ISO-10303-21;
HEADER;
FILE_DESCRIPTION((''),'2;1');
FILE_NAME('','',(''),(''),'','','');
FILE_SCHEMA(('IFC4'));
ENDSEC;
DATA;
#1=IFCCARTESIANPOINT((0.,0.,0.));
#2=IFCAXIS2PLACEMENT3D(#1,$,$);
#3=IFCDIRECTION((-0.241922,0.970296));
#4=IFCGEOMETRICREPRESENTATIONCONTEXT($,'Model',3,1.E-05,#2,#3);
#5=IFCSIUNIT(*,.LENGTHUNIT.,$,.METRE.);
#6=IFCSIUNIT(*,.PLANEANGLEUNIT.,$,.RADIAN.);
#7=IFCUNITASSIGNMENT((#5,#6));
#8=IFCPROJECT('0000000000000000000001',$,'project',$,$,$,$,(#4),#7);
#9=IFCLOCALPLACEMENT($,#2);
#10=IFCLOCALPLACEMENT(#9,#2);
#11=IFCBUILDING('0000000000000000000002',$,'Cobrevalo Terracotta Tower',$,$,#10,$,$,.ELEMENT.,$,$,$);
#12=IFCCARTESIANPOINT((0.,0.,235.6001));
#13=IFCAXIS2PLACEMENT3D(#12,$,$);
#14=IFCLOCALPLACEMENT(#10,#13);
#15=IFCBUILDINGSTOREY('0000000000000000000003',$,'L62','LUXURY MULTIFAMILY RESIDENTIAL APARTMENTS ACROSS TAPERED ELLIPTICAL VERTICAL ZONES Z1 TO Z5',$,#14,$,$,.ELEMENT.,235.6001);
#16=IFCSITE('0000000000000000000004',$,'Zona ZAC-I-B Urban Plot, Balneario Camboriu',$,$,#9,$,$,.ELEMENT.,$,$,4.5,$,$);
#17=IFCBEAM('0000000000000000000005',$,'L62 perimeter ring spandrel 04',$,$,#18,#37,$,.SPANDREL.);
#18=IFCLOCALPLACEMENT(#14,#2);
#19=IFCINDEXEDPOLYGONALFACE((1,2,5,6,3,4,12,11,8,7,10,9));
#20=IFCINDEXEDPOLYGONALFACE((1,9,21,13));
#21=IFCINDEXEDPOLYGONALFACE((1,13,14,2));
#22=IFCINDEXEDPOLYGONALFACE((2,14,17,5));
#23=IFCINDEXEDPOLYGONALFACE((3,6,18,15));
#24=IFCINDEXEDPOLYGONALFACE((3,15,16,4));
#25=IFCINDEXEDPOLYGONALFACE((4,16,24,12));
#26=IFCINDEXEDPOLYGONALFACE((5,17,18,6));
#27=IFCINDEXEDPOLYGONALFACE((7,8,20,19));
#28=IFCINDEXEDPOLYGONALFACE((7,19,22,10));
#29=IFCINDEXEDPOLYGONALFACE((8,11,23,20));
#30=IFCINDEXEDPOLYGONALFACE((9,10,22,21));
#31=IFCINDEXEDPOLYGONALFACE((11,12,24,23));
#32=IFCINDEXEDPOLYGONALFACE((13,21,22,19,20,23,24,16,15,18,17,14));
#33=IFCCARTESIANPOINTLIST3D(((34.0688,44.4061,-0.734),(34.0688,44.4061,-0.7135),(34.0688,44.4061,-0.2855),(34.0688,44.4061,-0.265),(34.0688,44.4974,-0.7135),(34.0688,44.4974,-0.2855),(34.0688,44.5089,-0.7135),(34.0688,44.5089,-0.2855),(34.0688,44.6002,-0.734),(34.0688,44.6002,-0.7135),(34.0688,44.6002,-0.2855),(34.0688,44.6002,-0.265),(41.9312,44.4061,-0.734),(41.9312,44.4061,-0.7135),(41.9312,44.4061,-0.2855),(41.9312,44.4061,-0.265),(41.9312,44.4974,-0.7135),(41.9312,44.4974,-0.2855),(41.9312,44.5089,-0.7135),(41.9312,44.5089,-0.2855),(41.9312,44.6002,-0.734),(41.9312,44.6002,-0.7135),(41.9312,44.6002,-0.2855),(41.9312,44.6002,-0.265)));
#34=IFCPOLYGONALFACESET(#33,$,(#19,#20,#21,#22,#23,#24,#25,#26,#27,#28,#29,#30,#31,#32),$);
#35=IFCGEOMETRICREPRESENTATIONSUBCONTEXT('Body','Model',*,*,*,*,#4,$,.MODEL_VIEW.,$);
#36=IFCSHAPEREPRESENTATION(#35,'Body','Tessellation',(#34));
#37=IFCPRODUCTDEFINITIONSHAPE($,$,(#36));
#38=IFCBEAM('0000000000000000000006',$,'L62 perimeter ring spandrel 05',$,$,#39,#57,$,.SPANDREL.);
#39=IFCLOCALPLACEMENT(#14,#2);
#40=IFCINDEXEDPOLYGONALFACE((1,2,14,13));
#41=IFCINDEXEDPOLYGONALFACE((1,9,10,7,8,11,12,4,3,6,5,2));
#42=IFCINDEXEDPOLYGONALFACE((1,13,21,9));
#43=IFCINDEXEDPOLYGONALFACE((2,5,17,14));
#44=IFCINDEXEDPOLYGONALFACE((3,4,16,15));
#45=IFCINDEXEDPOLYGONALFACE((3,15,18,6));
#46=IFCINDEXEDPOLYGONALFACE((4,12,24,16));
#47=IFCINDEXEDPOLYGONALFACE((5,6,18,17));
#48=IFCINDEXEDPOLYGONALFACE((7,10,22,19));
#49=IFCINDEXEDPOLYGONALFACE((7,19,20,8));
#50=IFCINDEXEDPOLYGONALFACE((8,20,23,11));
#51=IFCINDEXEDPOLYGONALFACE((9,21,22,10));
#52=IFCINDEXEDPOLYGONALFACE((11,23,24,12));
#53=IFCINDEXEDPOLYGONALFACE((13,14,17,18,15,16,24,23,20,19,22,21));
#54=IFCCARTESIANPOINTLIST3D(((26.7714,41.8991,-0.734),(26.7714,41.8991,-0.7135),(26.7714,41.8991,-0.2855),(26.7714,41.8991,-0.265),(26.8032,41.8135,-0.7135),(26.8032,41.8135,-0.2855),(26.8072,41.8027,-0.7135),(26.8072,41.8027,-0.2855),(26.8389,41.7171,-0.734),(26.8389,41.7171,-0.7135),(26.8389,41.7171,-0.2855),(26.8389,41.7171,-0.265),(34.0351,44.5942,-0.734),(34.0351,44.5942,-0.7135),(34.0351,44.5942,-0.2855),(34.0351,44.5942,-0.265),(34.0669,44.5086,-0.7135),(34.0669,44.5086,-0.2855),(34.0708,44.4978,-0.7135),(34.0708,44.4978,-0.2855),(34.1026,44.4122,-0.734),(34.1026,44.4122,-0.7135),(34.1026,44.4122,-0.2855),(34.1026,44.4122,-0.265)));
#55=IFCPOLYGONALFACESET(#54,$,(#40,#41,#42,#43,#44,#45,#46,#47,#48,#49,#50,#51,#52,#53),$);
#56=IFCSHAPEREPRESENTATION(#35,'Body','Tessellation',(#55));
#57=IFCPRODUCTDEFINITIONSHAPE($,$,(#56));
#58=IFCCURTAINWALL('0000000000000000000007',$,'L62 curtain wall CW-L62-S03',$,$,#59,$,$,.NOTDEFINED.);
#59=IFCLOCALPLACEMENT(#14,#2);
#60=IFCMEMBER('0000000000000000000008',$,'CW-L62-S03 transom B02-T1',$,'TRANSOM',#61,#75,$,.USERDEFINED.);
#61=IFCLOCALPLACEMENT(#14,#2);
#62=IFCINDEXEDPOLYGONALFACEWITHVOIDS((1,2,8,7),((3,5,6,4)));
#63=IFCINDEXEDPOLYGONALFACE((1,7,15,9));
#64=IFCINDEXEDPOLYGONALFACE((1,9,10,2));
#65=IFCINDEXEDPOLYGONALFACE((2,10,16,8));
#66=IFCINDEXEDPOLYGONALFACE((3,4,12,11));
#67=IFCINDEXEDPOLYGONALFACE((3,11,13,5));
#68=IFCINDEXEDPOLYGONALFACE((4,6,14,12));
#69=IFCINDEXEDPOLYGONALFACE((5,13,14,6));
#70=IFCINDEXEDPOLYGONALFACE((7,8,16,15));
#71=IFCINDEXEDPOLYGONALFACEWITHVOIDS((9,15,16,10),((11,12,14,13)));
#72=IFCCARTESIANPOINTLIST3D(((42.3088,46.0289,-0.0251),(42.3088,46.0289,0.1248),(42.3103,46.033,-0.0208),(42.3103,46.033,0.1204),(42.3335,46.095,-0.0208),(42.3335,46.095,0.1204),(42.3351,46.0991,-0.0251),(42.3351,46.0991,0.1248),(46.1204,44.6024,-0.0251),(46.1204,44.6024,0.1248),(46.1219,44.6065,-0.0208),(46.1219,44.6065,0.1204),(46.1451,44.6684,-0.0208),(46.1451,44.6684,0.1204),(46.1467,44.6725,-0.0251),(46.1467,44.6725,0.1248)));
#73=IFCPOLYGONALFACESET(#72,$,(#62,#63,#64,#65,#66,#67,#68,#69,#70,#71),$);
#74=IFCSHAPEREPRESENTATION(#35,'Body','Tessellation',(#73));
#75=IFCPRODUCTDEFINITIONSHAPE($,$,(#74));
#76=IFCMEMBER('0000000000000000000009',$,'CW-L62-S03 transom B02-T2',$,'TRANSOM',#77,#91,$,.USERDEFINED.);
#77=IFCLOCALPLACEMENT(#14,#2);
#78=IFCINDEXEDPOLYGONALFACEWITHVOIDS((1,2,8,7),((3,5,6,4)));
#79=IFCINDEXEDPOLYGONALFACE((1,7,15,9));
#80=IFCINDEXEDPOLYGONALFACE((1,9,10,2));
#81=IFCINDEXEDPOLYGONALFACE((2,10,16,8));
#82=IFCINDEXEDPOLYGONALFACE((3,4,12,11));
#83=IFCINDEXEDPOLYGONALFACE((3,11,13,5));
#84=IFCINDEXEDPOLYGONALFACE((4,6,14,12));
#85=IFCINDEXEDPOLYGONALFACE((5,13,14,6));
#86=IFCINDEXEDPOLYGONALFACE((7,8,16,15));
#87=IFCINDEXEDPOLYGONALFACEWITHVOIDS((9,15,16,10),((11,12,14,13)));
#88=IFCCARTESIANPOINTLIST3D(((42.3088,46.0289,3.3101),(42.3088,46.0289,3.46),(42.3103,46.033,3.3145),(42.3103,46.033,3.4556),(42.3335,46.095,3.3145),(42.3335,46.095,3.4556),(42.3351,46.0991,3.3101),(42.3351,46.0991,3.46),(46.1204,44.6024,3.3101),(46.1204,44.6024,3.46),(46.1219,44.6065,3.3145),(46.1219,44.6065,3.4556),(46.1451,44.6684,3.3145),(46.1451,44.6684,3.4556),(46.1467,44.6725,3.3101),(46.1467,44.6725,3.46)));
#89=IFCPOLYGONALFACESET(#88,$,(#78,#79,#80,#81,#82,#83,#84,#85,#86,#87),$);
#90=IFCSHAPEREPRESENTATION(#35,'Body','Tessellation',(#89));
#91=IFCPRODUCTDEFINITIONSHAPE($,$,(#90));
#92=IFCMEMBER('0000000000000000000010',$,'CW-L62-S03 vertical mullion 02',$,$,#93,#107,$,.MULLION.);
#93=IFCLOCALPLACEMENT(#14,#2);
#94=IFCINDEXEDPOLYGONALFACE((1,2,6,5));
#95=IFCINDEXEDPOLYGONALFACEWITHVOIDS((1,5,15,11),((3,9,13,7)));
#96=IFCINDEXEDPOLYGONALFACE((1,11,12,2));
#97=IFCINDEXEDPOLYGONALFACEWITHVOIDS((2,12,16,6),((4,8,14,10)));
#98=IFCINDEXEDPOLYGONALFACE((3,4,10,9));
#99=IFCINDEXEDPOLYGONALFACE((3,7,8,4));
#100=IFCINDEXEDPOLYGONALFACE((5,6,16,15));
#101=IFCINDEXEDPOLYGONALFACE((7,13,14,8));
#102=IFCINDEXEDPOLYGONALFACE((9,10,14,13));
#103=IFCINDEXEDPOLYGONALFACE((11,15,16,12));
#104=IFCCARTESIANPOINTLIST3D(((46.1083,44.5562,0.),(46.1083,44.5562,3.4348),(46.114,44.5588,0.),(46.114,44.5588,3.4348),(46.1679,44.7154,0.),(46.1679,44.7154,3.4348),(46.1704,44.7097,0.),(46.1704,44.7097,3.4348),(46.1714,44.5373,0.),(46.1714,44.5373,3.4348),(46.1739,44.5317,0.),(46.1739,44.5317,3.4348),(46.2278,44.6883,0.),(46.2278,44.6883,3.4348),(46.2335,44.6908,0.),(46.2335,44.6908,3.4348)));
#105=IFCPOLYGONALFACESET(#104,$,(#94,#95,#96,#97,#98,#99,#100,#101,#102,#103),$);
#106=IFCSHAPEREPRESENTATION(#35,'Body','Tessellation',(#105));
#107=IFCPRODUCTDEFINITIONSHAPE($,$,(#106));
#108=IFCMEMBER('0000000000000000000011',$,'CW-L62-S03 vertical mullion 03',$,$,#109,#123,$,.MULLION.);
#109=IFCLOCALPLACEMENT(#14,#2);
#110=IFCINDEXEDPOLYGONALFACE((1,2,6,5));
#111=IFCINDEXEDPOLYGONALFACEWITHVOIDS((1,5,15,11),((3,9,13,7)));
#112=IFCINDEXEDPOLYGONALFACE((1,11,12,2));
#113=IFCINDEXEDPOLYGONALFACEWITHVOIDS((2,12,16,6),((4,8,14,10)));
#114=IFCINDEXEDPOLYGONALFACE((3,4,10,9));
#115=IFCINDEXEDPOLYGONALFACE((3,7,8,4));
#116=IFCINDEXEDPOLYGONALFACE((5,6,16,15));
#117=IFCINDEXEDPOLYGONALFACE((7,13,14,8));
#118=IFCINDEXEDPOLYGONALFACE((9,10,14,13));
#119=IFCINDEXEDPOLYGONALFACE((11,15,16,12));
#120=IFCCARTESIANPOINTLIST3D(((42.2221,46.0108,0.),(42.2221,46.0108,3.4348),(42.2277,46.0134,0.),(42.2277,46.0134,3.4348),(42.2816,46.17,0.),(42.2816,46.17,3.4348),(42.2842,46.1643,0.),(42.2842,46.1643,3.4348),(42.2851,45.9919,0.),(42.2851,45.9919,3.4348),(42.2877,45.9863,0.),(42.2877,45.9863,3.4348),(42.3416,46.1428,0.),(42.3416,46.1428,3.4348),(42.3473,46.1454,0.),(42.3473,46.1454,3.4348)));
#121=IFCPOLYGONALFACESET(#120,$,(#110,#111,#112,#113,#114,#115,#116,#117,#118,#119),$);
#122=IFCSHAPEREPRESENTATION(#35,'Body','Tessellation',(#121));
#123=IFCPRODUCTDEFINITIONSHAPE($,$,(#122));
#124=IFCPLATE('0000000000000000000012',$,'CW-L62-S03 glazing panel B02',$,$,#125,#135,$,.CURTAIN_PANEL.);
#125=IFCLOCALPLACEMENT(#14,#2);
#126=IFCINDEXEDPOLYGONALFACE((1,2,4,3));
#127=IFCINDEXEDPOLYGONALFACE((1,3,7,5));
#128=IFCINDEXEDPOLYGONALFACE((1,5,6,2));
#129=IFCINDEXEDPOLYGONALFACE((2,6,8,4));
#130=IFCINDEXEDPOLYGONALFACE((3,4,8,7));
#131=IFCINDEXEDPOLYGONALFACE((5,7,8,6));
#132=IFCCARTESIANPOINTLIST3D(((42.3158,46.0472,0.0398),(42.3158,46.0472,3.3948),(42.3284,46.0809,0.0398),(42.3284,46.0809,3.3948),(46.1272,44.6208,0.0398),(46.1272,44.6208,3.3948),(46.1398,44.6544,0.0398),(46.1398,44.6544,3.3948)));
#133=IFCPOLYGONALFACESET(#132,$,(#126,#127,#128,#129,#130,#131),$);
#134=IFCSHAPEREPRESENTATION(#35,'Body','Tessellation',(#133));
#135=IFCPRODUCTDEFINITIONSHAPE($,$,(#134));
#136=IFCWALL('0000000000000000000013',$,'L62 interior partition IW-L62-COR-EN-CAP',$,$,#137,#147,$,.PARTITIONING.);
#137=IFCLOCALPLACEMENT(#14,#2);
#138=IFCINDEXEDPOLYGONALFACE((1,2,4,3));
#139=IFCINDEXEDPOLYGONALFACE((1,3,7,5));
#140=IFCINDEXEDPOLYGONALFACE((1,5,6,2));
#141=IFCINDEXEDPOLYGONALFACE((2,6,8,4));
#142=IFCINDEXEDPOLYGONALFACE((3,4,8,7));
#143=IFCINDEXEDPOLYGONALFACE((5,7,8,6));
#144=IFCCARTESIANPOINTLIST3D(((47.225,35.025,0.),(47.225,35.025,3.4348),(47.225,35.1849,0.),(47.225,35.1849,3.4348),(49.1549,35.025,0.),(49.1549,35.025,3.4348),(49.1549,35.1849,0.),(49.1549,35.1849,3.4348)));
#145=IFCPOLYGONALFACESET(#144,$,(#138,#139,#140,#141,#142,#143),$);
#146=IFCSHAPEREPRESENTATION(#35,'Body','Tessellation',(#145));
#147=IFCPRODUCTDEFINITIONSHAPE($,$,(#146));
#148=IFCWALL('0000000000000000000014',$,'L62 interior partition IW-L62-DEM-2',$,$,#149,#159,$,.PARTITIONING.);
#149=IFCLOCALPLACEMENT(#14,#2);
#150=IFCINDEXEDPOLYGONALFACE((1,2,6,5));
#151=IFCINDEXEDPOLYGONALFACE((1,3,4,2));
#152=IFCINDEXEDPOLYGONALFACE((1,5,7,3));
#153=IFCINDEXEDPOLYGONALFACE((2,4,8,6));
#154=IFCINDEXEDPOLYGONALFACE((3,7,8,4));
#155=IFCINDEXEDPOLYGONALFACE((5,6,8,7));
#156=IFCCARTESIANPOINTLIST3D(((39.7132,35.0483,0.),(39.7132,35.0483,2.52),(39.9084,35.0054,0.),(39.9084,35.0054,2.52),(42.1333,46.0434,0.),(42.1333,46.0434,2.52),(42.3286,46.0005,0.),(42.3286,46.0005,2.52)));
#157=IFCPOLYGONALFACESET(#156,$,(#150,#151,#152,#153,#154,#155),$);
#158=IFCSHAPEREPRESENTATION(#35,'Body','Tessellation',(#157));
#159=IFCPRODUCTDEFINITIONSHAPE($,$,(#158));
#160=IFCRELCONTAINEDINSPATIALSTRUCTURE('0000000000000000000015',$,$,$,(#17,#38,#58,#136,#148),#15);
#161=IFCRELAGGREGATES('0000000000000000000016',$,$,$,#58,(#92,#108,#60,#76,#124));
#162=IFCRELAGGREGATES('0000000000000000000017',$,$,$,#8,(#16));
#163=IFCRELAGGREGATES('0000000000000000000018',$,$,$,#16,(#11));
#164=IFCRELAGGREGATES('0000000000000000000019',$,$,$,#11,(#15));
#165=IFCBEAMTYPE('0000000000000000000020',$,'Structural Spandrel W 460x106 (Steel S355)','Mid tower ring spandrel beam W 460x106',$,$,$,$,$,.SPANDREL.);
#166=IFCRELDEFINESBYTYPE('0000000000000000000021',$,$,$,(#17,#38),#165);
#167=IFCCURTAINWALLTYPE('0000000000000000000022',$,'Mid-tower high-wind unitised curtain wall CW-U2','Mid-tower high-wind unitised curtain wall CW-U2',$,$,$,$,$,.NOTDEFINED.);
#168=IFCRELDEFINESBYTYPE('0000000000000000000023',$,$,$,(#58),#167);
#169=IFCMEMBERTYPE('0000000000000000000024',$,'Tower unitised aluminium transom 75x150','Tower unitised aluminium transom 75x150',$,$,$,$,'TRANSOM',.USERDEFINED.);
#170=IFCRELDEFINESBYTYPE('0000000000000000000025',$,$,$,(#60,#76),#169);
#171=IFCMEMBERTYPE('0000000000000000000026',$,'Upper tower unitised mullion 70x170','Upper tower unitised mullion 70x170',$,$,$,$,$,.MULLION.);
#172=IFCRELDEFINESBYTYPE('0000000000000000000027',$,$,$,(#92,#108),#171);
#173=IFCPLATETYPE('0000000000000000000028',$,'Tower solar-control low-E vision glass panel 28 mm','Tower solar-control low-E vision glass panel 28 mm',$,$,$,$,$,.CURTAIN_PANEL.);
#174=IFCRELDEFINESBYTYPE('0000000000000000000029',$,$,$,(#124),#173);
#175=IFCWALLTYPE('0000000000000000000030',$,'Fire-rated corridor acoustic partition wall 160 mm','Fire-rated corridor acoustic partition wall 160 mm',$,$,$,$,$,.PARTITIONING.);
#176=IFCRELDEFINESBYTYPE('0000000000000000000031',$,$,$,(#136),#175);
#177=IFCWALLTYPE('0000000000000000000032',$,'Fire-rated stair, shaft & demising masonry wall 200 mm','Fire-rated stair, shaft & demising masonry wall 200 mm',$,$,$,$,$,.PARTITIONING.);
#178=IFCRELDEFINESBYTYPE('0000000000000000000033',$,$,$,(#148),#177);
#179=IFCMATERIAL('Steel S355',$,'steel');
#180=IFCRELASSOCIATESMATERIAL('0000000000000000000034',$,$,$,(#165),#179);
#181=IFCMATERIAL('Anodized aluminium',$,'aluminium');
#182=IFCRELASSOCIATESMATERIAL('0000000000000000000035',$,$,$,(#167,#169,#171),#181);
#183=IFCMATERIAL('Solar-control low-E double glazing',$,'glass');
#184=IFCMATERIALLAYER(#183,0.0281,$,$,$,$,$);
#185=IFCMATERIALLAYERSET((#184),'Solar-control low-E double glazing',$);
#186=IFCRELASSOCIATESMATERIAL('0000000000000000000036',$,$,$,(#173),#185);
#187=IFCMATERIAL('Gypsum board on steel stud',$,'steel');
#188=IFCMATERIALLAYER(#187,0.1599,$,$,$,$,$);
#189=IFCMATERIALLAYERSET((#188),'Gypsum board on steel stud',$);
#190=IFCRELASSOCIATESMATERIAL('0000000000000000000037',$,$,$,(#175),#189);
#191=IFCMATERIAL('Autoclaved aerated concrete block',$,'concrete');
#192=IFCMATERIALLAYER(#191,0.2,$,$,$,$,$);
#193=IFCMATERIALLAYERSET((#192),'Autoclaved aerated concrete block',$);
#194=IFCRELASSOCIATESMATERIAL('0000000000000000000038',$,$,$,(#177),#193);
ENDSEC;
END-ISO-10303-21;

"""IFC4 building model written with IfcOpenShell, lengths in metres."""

from ifc_helpers import new_model, si_unit, direction, frame, frame_2d, origin, origin_2d, place, context, subcontext, project, spatial, rectangle, hollow_rectangle, i_section, extrude, source, transform, mapped, material, layer, layer_set, material_profile, profile_set, type_object, element, aggregate, save


model = new_model("IFC4")

# Units and contexts
model_context = context("Model", 3, precision=1e-05, world=origin(), true_north=direction((-0.241922, 0.970296)))
body_context = subcontext(model_context, "Body", "Model", "MODEL_VIEW")
ifc_project = project(units=[si_unit("LENGTHUNIT", "METRE"), si_unit("PLANEANGLEUNIT", "RADIAN")], contexts=[model_context])

# Site, building, storey
site_placement = place(None, origin())
site = spatial("IfcSite", under=ifc_project, at=site_placement, Name="Zona ZAC-I-B Urban Plot, Balneario Camboriu", CompositionType="ELEMENT", RefElevation=4.5)
building_placement = place(site_placement, origin())
building = spatial("IfcBuilding", under=site, at=building_placement, Name="Cobrevalo Terracotta Tower", CompositionType="ELEMENT")
storey_placement = place(building_placement, frame((0.0, 0.0, 235.6001)))
storey = spatial("IfcBuildingStorey", under=building, at=storey_placement, Name="L62", Description="LUXURY MULTIFAMILY RESIDENTIAL APARTMENTS ACROSS TAPERED ELLIPTICAL VERTICAL ZONES Z1 TO Z5", CompositionType="ELEMENT", Elevation=235.6001)

# Shared definitions
ifc_material_1 = material(Name="Steel S355", Category="steel")

# Beams
ifc_material_profile_1 = material_profile(ifc_material_1, i_section(OverallWidth=0.1941, OverallDepth=0.469, WebThickness=0.0115, FlangeThickness=0.0205, at=origin_2d()), Name="W 460x106")
ifc_profile_set_1 = profile_set([ifc_material_profile_1], Name="Steel S355")
beam_type_1 = type_object("IfcBeamType", Name="Structural Spandrel W 460x106 (Steel S355)", Description="Mid tower ring spandrel beam W 460x106", PredefinedType="SPANDREL", material=ifc_profile_set_1)
beam_1_placement = place(storey_placement, frame((41.9312, 44.5032, -0.4995), z_axis=(-1.0, 0.0, 0.0), x_axis=(0.0, -1.0, 0.0)))
element("IfcBeam", 1, at=beam_1_placement, inside=storey, type_object=beam_type_1, Name="L62 perimeter ring spandrel 04", PredefinedType="SPANDREL", context=body_context, shape_type="SweptSolid", body=[
    extrude(i_section(OverallWidth=0.1941, OverallDepth=0.469, WebThickness=0.0115, FlangeThickness=0.0205, at=origin_2d()), origin(), (0.0, 0.0, 1.0), 7.8623),
])
beam_2_placement = place(storey_placement, frame((34.0688, 44.5032, -0.4995), z_axis=(-0.937546, -0.347861, 0.0), x_axis=(0.347861, -0.937546, 0.0)))
element("IfcBeam", 2, at=beam_2_placement, inside=storey, type_object=beam_type_1, Name="L62 perimeter ring spandrel 05", PredefinedType="SPANDREL", context=body_context, shape_type="SweptSolid", body=[
    extrude(i_section(OverallWidth=0.1941, OverallDepth=0.469, WebThickness=0.0115, FlangeThickness=0.0205, at=origin_2d()), origin(), (0.0, 0.0, 1.0), 7.7476),
])

# Curtain wall, members, plate
ifc_material_2 = material(Name="Anodized aluminium", Category="aluminium")
curtain_wall_type = type_object("IfcCurtainWallType", Name="Mid-tower high-wind unitised curtain wall CW-U2", Description="Mid-tower high-wind unitised curtain wall CW-U2", PredefinedType="NOTDEFINED", material=ifc_material_2)
curtain_wall_placement = place(storey_placement, origin())
curtain_wall = element("IfcCurtainWall", 3, at=curtain_wall_placement, inside=storey, type_object=curtain_wall_type, Name="L62 curtain wall CW-L62-S03", PredefinedType="NOTDEFINED")
ifc_material_profile_2 = material_profile(ifc_material_2, hollow_rectangle(XDim=0.075, YDim=0.1499, WallThickness=0.0044, at=origin_2d()), Name="CWT 75x150")
ifc_profile_set_2 = profile_set([ifc_material_profile_2], Name="Anodized aluminium")
member_type_1 = type_object("IfcMemberType", Name="Tower unitised aluminium transom 75x150", Description="Tower unitised aluminium transom 75x150", ElementType="TRANSOM", PredefinedType="USERDEFINED", material=ifc_profile_set_2)
shared_shape_1 = source(origin(), body_context, "Body", "SweptSolid", [
    extrude(hollow_rectangle(XDim=0.075, YDim=0.1499, WallThickness=0.0044, at=origin_2d()), origin(), (0.0, 0.0, 1.0), 4.0698),
])
member_1_placement = place(storey_placement, frame((46.1335, 44.6375, 0.0498), z_axis=(-0.936556, 0.350519, 0.0), x_axis=(-0.350519, -0.936556, 0.0)))
member_1 = element("IfcMember", 4, at=member_1_placement, type_object=member_type_1, Name="CW-L62-S03 transom B02-T1", ObjectType="TRANSOM", PredefinedType="USERDEFINED", context=body_context, shape_type="MappedRepresentation", body=[
    mapped(shared_shape_1, transform((0.0, 0.0, 0.0), scale=1.0)),
])
member_2_placement = place(storey_placement, frame((46.1335, 44.6375, 3.385), z_axis=(-0.936556, 0.350519, 0.0), x_axis=(-0.350519, -0.936556, 0.0)))
member_2 = element("IfcMember", 5, at=member_2_placement, type_object=member_type_1, Name="CW-L62-S03 transom B02-T2", ObjectType="TRANSOM", PredefinedType="USERDEFINED", context=body_context, shape_type="MappedRepresentation", body=[
    mapped(shared_shape_1, transform((0.0, 0.0, 0.0), scale=1.0)),
])
ifc_material_profile_3 = material_profile(ifc_material_2, hollow_rectangle(XDim=0.0701, YDim=0.1699, WallThickness=0.0044, at=origin_2d()), Name="CWM 70x170")
ifc_profile_set_3 = profile_set([ifc_material_profile_3], Name="Anodized aluminium")
member_type_2 = type_object("IfcMemberType", Name="Upper tower unitised mullion 70x170", Description="Upper tower unitised mullion 70x170", PredefinedType="MULLION", material=ifc_profile_set_3)
shared_shape_2 = source(origin(), body_context, "Body", "SweptSolid", [
    extrude(hollow_rectangle(XDim=0.0701, YDim=0.1699, WallThickness=0.0044, at=origin_2d()), origin(), (0.0, 0.0, 1.0), 3.4348),
])
member_3_placement = place(storey_placement, frame((46.1709, 44.6235, 0.0), z_axis=(0.0, 0.0, 1.0), x_axis=(-0.936556, 0.350518, 0.0)))
member_3 = element("IfcMember", 6, at=member_3_placement, type_object=member_type_2, Name="CW-L62-S03 vertical mullion 02", PredefinedType="MULLION", context=body_context, shape_type="MappedRepresentation", body=[
    mapped(shared_shape_2, transform((0.0, 0.0, 0.0), scale=1.0)),
])
member_4_placement = place(storey_placement, frame((42.2847, 46.0781, 0.0), z_axis=(0.0, 0.0, 1.0), x_axis=(-0.936556, 0.350518, 0.0)))
member_4 = element("IfcMember", 7, at=member_4_placement, type_object=member_type_2, Name="CW-L62-S03 vertical mullion 03", PredefinedType="MULLION", context=body_context, shape_type="MappedRepresentation", body=[
    mapped(shared_shape_2, transform((0.0, 0.0, 0.0), scale=1.0)),
])
ifc_material_3 = material(Name="Solar-control low-E double glazing", Category="glass")
ifc_layer_1 = layer(ifc_material_3, 0.0281)
ifc_layer_set_1 = layer_set([ifc_layer_1], Name="Solar-control low-E double glazing")
plate_type = type_object("IfcPlateType", Name="Tower solar-control low-E vision glass panel 28 mm", Description="Tower solar-control low-E vision glass panel 28 mm", PredefinedType="CURTAIN_PANEL", material=ifc_layer_set_1)
shared_shape_3 = source(origin(), body_context, "Body", "SweptSolid", [
    extrude(rectangle(XDim=4.0696, YDim=0.0359, at=origin_2d()), origin(), (0.0, 0.0, 1.0), 3.355),
])
plate_placement = place(storey_placement, frame((44.2278, 45.3508, 0.0398), z_axis=(0.0, 0.0, 1.0), x_axis=(-0.936558, 0.350513, 0.0)))
plate = element("IfcPlate", 8, at=plate_placement, type_object=plate_type, Name="CW-L62-S03 glazing panel B02", PredefinedType="CURTAIN_PANEL", context=body_context, shape_type="MappedRepresentation", body=[
    mapped(shared_shape_3, transform((0.0, 0.0, 0.0), scale=1.0)),
])
aggregate(curtain_wall, [member_3, member_4, member_1, member_2, plate])

# Walls
ifc_material_4 = material(Name="Gypsum board on steel stud", Category="steel")
ifc_layer_2 = layer(ifc_material_4, 0.1599)
ifc_layer_set_2 = layer_set([ifc_layer_2], Name="Gypsum board on steel stud")
wall_type_1 = type_object("IfcWallType", Name="Fire-rated corridor acoustic partition wall 160 mm", Description="Fire-rated corridor acoustic partition wall 160 mm", PredefinedType="PARTITIONING", material=ifc_layer_set_2)
wall_1_placement = place(storey_placement, frame((47.2251, 35.105, 0.0), z_axis=(0.0, 0.0, 1.0), x_axis=(1.0, 0.0, 0.0)))
element("IfcWall", 9, at=wall_1_placement, inside=storey, type_object=wall_type_1, Name="L62 interior partition IW-L62-COR-EN-CAP", PredefinedType="PARTITIONING", context=body_context, shape_type="SweptSolid", body=[
    extrude(rectangle(XDim=1.9299, YDim=0.1599, at=frame_2d((0.9648, 0.0))), origin(), (0.0, 0.0, 1.0), 3.4348),
])
ifc_material_5 = material(Name="Autoclaved aerated concrete block", Category="concrete")
ifc_layer_3 = layer(ifc_material_5, 0.2)
ifc_layer_set_3 = layer_set([ifc_layer_3], Name="Autoclaved aerated concrete block")
wall_type_2 = type_object("IfcWallType", Name="Fire-rated stair, shaft & demising masonry wall 200 mm", Description="Fire-rated stair, shaft & demising masonry wall 200 mm", PredefinedType="PARTITIONING", material=ifc_layer_set_3)
wall_2_placement = place(storey_placement, frame((39.8108, 35.0269, 0.0), z_axis=(0.0, 0.0, 1.0), x_axis=(0.214967, 0.976621, 0.0)))
element("IfcWall", 10, at=wall_2_placement, inside=storey, type_object=wall_type_2, Name="L62 interior partition IW-L62-DEM-2", PredefinedType="PARTITIONING", context=body_context, shape_type="SweptSolid", body=[
    extrude(rectangle(XDim=11.2583, YDim=0.2, at=frame_2d((5.6292, 0.0))), origin(), (0.0, 0.0, 1.0), 2.52),
])

save(model, "model.ifc")
